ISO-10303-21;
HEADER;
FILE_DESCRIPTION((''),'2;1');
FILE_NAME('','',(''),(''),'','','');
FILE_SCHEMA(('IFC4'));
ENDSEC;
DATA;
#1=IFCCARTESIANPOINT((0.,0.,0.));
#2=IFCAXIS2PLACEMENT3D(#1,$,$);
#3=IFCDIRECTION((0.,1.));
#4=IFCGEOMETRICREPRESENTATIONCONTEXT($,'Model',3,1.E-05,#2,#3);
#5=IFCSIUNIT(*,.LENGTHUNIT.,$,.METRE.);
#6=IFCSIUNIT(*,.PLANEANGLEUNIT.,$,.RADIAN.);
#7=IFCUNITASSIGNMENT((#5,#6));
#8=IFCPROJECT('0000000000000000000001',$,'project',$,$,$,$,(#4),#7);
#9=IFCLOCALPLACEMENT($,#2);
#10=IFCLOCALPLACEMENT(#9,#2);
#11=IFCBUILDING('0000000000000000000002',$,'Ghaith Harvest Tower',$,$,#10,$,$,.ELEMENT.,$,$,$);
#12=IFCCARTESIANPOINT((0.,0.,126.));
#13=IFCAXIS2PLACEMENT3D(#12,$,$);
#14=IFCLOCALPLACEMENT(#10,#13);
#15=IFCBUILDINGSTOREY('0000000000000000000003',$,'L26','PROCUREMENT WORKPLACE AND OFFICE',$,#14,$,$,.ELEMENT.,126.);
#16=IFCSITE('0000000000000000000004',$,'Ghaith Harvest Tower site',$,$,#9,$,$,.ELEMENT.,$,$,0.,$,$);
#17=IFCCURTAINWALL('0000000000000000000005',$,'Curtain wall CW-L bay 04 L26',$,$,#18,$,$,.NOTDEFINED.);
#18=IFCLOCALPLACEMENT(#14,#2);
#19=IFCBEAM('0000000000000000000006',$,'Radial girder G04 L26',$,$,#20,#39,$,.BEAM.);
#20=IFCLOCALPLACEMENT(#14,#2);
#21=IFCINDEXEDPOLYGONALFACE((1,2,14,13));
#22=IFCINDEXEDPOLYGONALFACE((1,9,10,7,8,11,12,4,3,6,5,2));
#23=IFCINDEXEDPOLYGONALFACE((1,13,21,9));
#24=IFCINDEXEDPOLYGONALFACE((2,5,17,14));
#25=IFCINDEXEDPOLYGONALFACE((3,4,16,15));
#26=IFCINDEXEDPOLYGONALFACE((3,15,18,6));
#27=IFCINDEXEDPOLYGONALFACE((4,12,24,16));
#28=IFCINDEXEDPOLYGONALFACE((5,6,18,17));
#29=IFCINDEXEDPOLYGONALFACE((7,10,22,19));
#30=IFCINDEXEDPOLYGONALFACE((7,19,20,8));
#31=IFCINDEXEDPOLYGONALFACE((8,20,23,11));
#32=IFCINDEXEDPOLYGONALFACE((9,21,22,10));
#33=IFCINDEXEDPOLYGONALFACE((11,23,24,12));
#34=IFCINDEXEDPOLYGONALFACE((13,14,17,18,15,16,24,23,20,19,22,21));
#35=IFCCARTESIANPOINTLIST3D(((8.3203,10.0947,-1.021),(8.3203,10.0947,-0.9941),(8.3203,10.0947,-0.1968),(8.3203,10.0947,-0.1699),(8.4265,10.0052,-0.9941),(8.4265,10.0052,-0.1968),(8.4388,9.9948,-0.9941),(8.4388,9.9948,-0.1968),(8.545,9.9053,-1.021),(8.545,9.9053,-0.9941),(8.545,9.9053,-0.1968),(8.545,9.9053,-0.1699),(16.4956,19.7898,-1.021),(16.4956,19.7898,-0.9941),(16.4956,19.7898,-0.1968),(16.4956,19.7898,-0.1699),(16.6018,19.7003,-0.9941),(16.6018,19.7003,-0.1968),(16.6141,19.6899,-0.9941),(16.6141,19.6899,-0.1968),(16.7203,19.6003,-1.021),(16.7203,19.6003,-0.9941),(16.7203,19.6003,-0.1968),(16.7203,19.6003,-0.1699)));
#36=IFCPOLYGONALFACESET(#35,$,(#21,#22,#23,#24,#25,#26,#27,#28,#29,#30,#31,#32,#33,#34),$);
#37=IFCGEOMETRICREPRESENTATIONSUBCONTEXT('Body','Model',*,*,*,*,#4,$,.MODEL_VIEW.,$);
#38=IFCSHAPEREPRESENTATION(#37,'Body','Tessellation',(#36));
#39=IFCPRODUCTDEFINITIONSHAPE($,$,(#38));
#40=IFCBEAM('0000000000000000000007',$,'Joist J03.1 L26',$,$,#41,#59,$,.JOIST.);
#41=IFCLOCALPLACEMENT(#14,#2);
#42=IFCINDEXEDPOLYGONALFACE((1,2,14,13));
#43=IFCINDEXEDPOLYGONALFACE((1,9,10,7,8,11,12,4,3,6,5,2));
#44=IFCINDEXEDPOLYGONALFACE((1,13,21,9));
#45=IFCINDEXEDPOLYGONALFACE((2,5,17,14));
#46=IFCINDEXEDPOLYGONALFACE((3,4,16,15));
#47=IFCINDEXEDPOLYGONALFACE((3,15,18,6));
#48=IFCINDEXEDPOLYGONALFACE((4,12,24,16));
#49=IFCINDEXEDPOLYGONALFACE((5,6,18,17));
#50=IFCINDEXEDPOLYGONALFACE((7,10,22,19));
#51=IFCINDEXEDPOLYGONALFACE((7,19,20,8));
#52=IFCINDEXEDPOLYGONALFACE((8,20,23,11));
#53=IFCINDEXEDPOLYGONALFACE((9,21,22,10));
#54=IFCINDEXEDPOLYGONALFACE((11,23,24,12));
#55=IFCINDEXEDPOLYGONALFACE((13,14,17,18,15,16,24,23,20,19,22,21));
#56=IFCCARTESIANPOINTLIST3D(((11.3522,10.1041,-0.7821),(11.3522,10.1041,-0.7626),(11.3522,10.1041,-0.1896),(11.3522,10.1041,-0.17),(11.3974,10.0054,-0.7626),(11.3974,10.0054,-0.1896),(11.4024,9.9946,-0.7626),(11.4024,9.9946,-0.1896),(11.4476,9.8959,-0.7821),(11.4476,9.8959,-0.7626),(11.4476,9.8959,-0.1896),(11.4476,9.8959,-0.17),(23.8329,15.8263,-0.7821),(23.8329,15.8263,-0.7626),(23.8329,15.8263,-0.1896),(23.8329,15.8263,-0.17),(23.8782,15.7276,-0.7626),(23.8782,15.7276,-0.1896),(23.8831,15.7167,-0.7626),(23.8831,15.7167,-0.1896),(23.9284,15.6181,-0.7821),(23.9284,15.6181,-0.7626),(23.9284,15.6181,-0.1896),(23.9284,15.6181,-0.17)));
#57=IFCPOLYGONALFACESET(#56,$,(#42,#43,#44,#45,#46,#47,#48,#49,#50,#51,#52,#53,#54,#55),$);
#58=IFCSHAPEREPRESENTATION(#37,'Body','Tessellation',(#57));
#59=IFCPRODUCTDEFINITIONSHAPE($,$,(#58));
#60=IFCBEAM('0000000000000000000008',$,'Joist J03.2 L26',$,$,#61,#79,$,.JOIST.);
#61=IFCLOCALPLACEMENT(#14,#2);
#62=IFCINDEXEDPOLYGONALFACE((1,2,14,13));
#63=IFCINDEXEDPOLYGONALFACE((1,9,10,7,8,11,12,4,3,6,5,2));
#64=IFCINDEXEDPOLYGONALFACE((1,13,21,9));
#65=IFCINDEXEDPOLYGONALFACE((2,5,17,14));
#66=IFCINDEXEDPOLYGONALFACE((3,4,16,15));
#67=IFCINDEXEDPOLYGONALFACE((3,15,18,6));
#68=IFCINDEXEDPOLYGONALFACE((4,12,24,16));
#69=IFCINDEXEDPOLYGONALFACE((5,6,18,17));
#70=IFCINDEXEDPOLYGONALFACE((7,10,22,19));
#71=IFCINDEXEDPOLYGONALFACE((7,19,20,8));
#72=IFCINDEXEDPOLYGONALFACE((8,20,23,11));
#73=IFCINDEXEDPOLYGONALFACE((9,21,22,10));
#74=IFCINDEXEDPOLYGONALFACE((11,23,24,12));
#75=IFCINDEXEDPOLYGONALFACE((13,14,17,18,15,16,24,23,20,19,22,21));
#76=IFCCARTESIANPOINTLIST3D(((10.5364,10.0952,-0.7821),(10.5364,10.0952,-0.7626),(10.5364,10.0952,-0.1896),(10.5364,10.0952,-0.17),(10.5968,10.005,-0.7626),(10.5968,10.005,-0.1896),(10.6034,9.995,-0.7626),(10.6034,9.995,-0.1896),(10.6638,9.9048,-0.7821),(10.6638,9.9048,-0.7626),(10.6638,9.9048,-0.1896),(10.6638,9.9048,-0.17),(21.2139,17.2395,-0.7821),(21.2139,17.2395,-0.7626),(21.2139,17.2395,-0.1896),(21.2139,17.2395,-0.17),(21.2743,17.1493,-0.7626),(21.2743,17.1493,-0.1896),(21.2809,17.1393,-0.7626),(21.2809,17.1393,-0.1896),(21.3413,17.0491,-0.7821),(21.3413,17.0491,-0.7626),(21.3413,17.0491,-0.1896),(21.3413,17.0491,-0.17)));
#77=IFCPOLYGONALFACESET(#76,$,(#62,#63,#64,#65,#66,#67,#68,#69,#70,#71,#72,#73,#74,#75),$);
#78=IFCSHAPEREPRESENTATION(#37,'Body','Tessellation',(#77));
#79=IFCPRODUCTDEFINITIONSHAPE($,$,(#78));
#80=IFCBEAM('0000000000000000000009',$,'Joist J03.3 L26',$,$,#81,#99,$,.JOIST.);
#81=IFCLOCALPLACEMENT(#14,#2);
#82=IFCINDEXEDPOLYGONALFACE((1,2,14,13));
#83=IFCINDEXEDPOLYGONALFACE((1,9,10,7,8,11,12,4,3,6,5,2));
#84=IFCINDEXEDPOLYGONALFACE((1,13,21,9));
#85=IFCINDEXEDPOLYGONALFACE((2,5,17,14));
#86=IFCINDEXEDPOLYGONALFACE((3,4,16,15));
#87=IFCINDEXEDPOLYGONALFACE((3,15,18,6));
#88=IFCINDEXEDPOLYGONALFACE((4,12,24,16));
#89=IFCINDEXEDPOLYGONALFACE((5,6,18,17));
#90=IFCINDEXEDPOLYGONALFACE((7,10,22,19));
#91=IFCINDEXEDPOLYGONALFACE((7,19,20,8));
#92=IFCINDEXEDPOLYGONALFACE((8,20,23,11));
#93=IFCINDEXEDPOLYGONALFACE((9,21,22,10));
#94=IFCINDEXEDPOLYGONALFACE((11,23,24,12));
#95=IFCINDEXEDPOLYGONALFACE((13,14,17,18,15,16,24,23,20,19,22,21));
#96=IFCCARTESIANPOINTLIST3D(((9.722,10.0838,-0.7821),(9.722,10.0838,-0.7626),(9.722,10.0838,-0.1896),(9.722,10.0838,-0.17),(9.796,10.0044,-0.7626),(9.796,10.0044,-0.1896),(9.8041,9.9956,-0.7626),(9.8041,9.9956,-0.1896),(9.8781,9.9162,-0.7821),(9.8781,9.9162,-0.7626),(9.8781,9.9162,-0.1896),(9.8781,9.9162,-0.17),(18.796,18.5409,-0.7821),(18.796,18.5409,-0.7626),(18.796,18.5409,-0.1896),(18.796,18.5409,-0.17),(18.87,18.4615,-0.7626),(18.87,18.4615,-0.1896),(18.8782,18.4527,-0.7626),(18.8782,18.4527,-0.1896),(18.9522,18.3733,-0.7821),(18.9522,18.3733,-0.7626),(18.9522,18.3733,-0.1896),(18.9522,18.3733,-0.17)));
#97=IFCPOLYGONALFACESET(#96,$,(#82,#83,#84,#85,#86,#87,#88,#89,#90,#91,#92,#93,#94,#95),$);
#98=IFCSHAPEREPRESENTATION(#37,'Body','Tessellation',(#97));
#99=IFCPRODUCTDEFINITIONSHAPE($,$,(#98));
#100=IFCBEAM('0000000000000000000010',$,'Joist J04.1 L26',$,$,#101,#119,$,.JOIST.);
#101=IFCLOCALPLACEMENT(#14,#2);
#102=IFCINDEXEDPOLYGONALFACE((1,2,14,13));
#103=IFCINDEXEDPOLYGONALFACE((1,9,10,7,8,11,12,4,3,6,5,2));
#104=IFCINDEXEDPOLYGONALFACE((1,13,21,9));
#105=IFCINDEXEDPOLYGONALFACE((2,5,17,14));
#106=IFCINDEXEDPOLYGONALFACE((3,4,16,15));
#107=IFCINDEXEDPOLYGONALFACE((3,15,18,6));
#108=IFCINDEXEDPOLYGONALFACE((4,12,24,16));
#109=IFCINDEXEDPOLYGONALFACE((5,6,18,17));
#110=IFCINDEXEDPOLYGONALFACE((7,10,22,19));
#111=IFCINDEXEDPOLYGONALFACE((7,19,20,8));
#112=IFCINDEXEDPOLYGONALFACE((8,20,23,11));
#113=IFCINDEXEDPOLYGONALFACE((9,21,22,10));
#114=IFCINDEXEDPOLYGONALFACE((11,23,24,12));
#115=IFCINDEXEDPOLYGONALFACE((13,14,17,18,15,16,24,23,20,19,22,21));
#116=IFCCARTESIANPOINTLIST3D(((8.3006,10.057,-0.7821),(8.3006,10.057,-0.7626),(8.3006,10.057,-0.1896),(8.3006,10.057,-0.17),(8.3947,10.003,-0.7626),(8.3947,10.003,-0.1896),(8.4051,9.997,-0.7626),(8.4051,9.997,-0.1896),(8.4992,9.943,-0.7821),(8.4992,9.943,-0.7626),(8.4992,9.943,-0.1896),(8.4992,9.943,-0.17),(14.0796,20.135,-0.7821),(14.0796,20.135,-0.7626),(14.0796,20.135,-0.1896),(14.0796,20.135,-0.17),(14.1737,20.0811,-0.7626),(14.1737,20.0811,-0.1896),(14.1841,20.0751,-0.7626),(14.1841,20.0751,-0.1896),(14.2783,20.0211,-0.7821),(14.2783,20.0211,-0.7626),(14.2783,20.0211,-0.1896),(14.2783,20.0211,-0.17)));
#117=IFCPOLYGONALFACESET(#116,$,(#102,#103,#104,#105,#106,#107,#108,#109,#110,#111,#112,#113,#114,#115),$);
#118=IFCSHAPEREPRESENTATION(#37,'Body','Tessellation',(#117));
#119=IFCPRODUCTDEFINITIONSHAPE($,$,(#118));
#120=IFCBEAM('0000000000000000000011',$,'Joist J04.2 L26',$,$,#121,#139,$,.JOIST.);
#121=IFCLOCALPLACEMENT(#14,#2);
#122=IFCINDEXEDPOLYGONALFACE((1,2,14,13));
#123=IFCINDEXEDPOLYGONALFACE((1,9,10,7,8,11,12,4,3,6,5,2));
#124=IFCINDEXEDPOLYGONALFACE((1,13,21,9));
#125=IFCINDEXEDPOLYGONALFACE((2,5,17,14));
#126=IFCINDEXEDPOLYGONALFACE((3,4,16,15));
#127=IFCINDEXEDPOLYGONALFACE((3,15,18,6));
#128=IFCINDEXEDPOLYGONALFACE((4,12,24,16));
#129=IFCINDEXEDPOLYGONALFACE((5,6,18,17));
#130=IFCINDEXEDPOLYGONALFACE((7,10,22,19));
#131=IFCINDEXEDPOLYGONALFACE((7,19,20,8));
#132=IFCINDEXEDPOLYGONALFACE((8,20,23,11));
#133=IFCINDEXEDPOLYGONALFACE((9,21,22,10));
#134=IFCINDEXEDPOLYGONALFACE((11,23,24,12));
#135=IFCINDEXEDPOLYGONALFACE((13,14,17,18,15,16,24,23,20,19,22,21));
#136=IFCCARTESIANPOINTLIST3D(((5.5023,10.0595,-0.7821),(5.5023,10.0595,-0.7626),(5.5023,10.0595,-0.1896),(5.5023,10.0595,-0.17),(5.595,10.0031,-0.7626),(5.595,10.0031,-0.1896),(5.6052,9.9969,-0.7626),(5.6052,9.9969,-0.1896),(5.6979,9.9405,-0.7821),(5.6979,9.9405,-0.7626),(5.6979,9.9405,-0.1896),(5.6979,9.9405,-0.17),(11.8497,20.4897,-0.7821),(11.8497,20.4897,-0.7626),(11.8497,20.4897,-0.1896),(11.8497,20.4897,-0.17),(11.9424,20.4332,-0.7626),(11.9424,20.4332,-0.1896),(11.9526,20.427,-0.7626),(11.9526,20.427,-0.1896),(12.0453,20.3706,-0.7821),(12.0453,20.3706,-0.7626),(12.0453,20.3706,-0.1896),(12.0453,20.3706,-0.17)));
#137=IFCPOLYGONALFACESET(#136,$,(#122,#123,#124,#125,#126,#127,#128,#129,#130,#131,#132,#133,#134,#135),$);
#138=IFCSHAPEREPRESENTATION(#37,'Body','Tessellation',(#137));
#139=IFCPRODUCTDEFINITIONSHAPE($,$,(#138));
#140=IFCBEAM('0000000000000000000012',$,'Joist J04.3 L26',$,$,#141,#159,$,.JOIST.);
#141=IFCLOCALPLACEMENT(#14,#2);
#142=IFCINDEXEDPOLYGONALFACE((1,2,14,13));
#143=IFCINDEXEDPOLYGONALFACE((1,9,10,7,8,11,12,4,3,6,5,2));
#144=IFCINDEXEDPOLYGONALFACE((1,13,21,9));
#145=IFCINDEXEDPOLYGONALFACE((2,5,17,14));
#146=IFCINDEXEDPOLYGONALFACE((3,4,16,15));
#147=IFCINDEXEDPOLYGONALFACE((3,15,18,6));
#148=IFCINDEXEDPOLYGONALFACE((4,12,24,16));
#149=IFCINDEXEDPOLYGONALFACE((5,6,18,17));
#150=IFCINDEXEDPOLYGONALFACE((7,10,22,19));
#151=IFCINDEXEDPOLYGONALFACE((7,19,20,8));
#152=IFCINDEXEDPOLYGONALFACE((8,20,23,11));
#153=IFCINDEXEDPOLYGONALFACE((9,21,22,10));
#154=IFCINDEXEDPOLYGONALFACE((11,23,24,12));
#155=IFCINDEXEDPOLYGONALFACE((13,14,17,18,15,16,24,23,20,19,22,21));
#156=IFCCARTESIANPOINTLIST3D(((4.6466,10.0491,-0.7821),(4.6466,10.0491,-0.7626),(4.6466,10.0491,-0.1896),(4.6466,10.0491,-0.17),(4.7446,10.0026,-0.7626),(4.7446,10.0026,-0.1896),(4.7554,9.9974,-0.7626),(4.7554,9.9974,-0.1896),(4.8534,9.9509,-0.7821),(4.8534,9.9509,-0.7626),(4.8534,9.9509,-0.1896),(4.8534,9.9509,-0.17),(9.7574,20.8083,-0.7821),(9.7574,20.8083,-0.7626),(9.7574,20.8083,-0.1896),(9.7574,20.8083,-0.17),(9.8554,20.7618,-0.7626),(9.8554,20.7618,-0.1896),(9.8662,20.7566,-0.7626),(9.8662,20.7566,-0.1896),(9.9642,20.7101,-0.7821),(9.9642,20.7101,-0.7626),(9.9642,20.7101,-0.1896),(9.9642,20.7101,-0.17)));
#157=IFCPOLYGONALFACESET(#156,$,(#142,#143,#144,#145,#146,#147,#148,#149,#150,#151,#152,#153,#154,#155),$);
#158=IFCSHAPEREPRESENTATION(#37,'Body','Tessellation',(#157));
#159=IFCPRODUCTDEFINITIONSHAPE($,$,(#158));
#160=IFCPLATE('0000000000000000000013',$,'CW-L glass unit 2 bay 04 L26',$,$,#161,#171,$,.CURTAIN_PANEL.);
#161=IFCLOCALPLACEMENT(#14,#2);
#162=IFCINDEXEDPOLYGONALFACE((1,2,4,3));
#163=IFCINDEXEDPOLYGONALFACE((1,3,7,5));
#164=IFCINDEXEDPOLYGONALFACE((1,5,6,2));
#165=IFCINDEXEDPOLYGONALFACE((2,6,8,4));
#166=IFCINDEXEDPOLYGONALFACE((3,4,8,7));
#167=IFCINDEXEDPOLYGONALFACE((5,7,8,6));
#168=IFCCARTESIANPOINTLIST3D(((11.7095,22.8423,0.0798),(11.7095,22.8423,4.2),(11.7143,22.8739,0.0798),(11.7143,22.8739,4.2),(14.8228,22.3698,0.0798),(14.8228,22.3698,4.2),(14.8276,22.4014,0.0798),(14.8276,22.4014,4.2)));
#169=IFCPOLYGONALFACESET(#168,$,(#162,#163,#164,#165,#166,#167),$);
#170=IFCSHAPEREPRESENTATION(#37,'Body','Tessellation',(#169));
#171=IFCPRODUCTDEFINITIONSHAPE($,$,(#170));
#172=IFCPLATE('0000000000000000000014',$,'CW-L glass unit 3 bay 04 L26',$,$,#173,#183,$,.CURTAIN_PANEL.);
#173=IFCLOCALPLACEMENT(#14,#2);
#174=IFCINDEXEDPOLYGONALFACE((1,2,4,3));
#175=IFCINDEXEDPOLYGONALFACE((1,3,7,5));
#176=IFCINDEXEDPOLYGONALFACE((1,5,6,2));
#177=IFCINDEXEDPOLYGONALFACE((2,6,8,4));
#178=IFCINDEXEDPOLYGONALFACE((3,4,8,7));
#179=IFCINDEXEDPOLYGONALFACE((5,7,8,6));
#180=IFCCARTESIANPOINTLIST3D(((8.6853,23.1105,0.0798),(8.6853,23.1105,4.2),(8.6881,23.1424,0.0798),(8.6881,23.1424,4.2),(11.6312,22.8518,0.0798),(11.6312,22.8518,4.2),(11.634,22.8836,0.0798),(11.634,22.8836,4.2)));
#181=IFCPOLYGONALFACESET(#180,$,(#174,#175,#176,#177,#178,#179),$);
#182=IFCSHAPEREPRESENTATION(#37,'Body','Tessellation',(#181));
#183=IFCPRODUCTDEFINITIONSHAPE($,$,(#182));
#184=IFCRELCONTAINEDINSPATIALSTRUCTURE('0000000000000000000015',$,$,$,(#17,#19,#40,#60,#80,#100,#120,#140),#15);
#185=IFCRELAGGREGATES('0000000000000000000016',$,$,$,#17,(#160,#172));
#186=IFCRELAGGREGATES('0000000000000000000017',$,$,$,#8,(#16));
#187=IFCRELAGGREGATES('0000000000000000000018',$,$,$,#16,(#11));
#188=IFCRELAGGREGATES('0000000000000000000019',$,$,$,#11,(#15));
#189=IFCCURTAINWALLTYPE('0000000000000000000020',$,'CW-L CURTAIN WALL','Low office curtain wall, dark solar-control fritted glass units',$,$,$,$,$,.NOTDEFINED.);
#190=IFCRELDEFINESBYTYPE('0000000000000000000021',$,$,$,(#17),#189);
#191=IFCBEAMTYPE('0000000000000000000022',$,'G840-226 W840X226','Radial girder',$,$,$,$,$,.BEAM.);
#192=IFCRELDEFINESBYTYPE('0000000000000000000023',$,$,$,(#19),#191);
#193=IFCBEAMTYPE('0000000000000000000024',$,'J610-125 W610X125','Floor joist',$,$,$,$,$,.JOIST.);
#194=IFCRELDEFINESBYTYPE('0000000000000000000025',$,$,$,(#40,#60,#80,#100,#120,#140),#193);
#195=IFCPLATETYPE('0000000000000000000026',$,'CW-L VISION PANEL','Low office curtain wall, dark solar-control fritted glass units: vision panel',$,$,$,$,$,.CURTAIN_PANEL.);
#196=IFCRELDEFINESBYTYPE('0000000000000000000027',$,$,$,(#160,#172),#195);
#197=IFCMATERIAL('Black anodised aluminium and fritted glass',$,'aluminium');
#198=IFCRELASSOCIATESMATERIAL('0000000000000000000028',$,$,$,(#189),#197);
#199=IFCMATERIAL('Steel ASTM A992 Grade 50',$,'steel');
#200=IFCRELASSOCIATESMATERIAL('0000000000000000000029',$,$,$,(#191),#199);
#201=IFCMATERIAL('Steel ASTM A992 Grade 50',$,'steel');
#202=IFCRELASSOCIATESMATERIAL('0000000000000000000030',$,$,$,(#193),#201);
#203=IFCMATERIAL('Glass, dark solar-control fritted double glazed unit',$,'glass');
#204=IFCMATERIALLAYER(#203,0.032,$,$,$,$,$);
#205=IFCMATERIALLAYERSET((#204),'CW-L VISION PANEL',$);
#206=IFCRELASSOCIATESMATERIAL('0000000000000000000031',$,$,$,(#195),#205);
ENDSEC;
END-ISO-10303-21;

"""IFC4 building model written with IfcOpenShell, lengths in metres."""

from ifc_helpers import new_model, si_unit, direction, frame, origin, origin_2d, place, context, subcontext, project, spatial, rectangle, i_section, extrude, material, layer, layer_set, material_profile, profile_set, type_object, element, aggregate, save


model = new_model("IFC4")

# Units and contexts
model_context = context("Model", 3, precision=1e-05, world=origin(), true_north=direction((0.0, 1.0)))
body_context = subcontext(model_context, "Body", "Model", "MODEL_VIEW")
ifc_project = project(units=[si_unit("LENGTHUNIT", "METRE"), si_unit("PLANEANGLEUNIT", "RADIAN")], contexts=[model_context])

# Site, building, storey
site_placement = place(None, origin())
site = spatial("IfcSite", under=ifc_project, at=site_placement, Name="Ghaith Harvest Tower site", CompositionType="ELEMENT", RefElevation=0.0)
building_placement = place(site_placement, origin())
building = spatial("IfcBuilding", under=site, at=building_placement, Name="Ghaith Harvest Tower", CompositionType="ELEMENT")
storey_placement = place(building_placement, frame((0.0, 0.0, 126.0)))
storey = spatial("IfcBuildingStorey", under=building, at=storey_placement, Name="L26", Description="PROCUREMENT WORKPLACE AND OFFICE", CompositionType="ELEMENT", Elevation=126.0)

# Curtain wall
ifc_material_1 = material(Name="Black anodised aluminium and fritted glass", Category="aluminium")
curtain_wall_type = type_object("IfcCurtainWallType", Name="CW-L CURTAIN WALL", Description="Low office curtain wall, dark solar-control fritted glass units", PredefinedType="NOTDEFINED", material=ifc_material_1)
curtain_wall_1_placement = place(storey_placement, origin())
curtain_wall_1 = element("IfcCurtainWall", 1, at=curtain_wall_1_placement, inside=storey, type_object=curtain_wall_type, Name="Curtain wall CW-L bay 04 L26", PredefinedType="NOTDEFINED")

# Beams
ifc_material_2 = material(Name="Steel ASTM A992 Grade 50", Category="steel")
ifc_material_profile_1 = material_profile(ifc_material_2, i_section(OverallWidth=0.2939, OverallDepth=0.8511, WebThickness=0.0161, FlangeThickness=0.0269, at=origin_2d()), Name="W840X226")
ifc_profile_set_1 = profile_set([ifc_material_profile_1], Name="Steel ASTM A992 Grade 50")
beam_type_1 = type_object("IfcBeamType", Name="G840-226 W840X226", Description="Radial girder", PredefinedType="BEAM", material=ifc_profile_set_1)
beam_1_placement = place(storey_placement, frame((8.4326, 10.0, -0.5955), z_axis=(0.644644, 0.764483, 0.0), x_axis=(-0.764483, 0.644644, 0.0)))
element("IfcBeam", 2, at=beam_1_placement, inside=storey, type_object=beam_type_1, Name="Radial girder G04 L26", PredefinedType="BEAM", context=body_context, shape_type="SweptSolid", body=[
    extrude(i_section(OverallWidth=0.2939, OverallDepth=0.8511, WebThickness=0.0161, FlangeThickness=0.0269, at=origin_2d()), origin(), (0.0, 0.0, 1.0), 12.6819),
])
ifc_material_3 = material(Name="Steel ASTM A992 Grade 50", Category="steel")
ifc_material_profile_2 = material_profile(ifc_material_3, i_section(OverallWidth=0.229, OverallDepth=0.6121, WebThickness=0.012, FlangeThickness=0.0195, at=origin_2d()), Name="W610X125")
ifc_profile_set_2 = profile_set([ifc_material_profile_2], Name="Steel ASTM A992 Grade 50")
beam_type_2 = type_object("IfcBeamType", Name="J610-125 W610X125", Description="Floor joist", PredefinedType="JOIST", material=ifc_profile_set_2)
beam_2_placement = place(storey_placement, frame((11.3999, 10.0, -0.4761), z_axis=(0.909014, 0.416766, 0.0), x_axis=(-0.416766, 0.909014, 0.0)))
element("IfcBeam", 3, at=beam_2_placement, inside=storey, type_object=beam_type_2, Name="Joist J03.1 L26", PredefinedType="JOIST", context=body_context, shape_type="SweptSolid", body=[
    extrude(i_section(OverallWidth=0.229, OverallDepth=0.6121, WebThickness=0.012, FlangeThickness=0.0195, at=origin_2d()), origin(), (0.0, 0.0, 1.0), 13.73),
])
beam_3_placement = place(storey_placement, frame((10.6001, 10.0, -0.4761), z_axis=(0.831116, 0.556098, 0.0), x_axis=(-0.556098, 0.831116, 0.0)))
element("IfcBeam", 4, at=beam_3_placement, inside=storey, type_object=beam_type_2, Name="Joist J03.2 L26", PredefinedType="JOIST", context=body_context, shape_type="SweptSolid", body=[
    extrude(i_section(OverallWidth=0.229, OverallDepth=0.6121, WebThickness=0.012, FlangeThickness=0.0195, at=origin_2d()), origin(), (0.0, 0.0, 1.0), 12.8472),
])
beam_4_placement = place(storey_placement, frame((9.8, 10.0, -0.4761), z_axis=(0.731538, 0.681801, 0.0), x_axis=(-0.681801, 0.731538, 0.0)))
element("IfcBeam", 5, at=beam_4_placement, inside=storey, type_object=beam_type_2, Name="Joist J03.3 L26", PredefinedType="JOIST", context=body_context, shape_type="SweptSolid", body=[
    extrude(i_section(OverallWidth=0.229, OverallDepth=0.6121, WebThickness=0.012, FlangeThickness=0.0195, at=origin_2d()), origin(), (0.0, 0.0, 1.0), 12.4041),
])
beam_5_placement = place(storey_placement, frame((8.3999, 10.0, -0.4761), z_axis=(0.497444, 0.867496, 0.0), x_axis=(-0.867496, 0.497444, 0.0)))
element("IfcBeam", 6, at=beam_5_placement, inside=storey, type_object=beam_type_2, Name="Joist J04.1 L26", PredefinedType="JOIST", context=body_context, shape_type="SweptSolid", body=[
    extrude(i_section(OverallWidth=0.229, OverallDepth=0.6121, WebThickness=0.012, FlangeThickness=0.0195, at=origin_2d()), origin(), (0.0, 0.0, 1.0), 11.6174),
])
beam_6_placement = place(storey_placement, frame((5.6001, 10.0, -0.4761), z_axis=(0.519864, 0.854249, 0.0), x_axis=(-0.854249, 0.519864, 0.0)))
element("IfcBeam", 7, at=beam_6_placement, inside=storey, type_object=beam_type_2, Name="Joist J04.2 L26", PredefinedType="JOIST", context=body_context, shape_type="SweptSolid", body=[
    extrude(i_section(OverallWidth=0.229, OverallDepth=0.6121, WebThickness=0.012, FlangeThickness=0.0195, at=origin_2d()), origin(), (0.0, 0.0, 1.0), 12.2097),
])
beam_7_placement = place(storey_placement, frame((4.75, 10.0, -0.4761), z_axis=(0.429069, 0.903272, 0.0), x_axis=(-0.903272, 0.429069, 0.0)))
element("IfcBeam", 8, at=beam_7_placement, inside=storey, type_object=beam_type_2, Name="Joist J04.3 L26", PredefinedType="JOIST", context=body_context, shape_type="SweptSolid", body=[
    extrude(i_section(OverallWidth=0.229, OverallDepth=0.6121, WebThickness=0.012, FlangeThickness=0.0195, at=origin_2d()), origin(), (0.0, 0.0, 1.0), 11.9114),
])

# Plates
ifc_material_4 = material(Name="Glass, dark solar-control fritted double glazed unit", Category="glass")
ifc_layer_1 = layer(ifc_material_4, 0.032)
ifc_layer_set_1 = layer_set([ifc_layer_1], Name="CW-L VISION PANEL")
plate_type = type_object("IfcPlateType", Name="CW-L VISION PANEL", Description="Low office curtain wall, dark solar-control fritted glass units: vision panel", PredefinedType="CURTAIN_PANEL", material=ifc_layer_set_1)
plate_1_placement = place(storey_placement, frame((13.2686, 22.6218, 0.0798), z_axis=(0.0, 0.0, 1.0), x_axis=(-0.988679, 0.150048, 0.0)))
plate_1 = element("IfcPlate", 9, at=plate_1_placement, type_object=plate_type, Name="CW-L glass unit 2 bay 04 L26", PredefinedType="CURTAIN_PANEL", context=body_context, shape_type="SweptSolid", body=[
    extrude(rectangle(XDim=3.1489, YDim=0.032, at=origin_2d()), origin(), (0.0, 0.0, 1.0), 4.1201),
])
plate_2_placement = place(storey_placement, frame((10.1597, 22.9971, 0.0798), z_axis=(0.0, 0.0, 1.0), x_axis=(-0.996166, 0.087481, 0.0)))
plate_2 = element("IfcPlate", 10, at=plate_2_placement, type_object=plate_type, Name="CW-L glass unit 3 bay 04 L26", PredefinedType="CURTAIN_PANEL", context=body_context, shape_type="SweptSolid", body=[
    extrude(rectangle(XDim=2.9573, YDim=0.032, at=origin_2d()), origin(), (0.0, 0.0, 1.0), 4.1201),
])
aggregate(curtain_wall_1, [plate_1, plate_2])

save(model, "model.ifc")
